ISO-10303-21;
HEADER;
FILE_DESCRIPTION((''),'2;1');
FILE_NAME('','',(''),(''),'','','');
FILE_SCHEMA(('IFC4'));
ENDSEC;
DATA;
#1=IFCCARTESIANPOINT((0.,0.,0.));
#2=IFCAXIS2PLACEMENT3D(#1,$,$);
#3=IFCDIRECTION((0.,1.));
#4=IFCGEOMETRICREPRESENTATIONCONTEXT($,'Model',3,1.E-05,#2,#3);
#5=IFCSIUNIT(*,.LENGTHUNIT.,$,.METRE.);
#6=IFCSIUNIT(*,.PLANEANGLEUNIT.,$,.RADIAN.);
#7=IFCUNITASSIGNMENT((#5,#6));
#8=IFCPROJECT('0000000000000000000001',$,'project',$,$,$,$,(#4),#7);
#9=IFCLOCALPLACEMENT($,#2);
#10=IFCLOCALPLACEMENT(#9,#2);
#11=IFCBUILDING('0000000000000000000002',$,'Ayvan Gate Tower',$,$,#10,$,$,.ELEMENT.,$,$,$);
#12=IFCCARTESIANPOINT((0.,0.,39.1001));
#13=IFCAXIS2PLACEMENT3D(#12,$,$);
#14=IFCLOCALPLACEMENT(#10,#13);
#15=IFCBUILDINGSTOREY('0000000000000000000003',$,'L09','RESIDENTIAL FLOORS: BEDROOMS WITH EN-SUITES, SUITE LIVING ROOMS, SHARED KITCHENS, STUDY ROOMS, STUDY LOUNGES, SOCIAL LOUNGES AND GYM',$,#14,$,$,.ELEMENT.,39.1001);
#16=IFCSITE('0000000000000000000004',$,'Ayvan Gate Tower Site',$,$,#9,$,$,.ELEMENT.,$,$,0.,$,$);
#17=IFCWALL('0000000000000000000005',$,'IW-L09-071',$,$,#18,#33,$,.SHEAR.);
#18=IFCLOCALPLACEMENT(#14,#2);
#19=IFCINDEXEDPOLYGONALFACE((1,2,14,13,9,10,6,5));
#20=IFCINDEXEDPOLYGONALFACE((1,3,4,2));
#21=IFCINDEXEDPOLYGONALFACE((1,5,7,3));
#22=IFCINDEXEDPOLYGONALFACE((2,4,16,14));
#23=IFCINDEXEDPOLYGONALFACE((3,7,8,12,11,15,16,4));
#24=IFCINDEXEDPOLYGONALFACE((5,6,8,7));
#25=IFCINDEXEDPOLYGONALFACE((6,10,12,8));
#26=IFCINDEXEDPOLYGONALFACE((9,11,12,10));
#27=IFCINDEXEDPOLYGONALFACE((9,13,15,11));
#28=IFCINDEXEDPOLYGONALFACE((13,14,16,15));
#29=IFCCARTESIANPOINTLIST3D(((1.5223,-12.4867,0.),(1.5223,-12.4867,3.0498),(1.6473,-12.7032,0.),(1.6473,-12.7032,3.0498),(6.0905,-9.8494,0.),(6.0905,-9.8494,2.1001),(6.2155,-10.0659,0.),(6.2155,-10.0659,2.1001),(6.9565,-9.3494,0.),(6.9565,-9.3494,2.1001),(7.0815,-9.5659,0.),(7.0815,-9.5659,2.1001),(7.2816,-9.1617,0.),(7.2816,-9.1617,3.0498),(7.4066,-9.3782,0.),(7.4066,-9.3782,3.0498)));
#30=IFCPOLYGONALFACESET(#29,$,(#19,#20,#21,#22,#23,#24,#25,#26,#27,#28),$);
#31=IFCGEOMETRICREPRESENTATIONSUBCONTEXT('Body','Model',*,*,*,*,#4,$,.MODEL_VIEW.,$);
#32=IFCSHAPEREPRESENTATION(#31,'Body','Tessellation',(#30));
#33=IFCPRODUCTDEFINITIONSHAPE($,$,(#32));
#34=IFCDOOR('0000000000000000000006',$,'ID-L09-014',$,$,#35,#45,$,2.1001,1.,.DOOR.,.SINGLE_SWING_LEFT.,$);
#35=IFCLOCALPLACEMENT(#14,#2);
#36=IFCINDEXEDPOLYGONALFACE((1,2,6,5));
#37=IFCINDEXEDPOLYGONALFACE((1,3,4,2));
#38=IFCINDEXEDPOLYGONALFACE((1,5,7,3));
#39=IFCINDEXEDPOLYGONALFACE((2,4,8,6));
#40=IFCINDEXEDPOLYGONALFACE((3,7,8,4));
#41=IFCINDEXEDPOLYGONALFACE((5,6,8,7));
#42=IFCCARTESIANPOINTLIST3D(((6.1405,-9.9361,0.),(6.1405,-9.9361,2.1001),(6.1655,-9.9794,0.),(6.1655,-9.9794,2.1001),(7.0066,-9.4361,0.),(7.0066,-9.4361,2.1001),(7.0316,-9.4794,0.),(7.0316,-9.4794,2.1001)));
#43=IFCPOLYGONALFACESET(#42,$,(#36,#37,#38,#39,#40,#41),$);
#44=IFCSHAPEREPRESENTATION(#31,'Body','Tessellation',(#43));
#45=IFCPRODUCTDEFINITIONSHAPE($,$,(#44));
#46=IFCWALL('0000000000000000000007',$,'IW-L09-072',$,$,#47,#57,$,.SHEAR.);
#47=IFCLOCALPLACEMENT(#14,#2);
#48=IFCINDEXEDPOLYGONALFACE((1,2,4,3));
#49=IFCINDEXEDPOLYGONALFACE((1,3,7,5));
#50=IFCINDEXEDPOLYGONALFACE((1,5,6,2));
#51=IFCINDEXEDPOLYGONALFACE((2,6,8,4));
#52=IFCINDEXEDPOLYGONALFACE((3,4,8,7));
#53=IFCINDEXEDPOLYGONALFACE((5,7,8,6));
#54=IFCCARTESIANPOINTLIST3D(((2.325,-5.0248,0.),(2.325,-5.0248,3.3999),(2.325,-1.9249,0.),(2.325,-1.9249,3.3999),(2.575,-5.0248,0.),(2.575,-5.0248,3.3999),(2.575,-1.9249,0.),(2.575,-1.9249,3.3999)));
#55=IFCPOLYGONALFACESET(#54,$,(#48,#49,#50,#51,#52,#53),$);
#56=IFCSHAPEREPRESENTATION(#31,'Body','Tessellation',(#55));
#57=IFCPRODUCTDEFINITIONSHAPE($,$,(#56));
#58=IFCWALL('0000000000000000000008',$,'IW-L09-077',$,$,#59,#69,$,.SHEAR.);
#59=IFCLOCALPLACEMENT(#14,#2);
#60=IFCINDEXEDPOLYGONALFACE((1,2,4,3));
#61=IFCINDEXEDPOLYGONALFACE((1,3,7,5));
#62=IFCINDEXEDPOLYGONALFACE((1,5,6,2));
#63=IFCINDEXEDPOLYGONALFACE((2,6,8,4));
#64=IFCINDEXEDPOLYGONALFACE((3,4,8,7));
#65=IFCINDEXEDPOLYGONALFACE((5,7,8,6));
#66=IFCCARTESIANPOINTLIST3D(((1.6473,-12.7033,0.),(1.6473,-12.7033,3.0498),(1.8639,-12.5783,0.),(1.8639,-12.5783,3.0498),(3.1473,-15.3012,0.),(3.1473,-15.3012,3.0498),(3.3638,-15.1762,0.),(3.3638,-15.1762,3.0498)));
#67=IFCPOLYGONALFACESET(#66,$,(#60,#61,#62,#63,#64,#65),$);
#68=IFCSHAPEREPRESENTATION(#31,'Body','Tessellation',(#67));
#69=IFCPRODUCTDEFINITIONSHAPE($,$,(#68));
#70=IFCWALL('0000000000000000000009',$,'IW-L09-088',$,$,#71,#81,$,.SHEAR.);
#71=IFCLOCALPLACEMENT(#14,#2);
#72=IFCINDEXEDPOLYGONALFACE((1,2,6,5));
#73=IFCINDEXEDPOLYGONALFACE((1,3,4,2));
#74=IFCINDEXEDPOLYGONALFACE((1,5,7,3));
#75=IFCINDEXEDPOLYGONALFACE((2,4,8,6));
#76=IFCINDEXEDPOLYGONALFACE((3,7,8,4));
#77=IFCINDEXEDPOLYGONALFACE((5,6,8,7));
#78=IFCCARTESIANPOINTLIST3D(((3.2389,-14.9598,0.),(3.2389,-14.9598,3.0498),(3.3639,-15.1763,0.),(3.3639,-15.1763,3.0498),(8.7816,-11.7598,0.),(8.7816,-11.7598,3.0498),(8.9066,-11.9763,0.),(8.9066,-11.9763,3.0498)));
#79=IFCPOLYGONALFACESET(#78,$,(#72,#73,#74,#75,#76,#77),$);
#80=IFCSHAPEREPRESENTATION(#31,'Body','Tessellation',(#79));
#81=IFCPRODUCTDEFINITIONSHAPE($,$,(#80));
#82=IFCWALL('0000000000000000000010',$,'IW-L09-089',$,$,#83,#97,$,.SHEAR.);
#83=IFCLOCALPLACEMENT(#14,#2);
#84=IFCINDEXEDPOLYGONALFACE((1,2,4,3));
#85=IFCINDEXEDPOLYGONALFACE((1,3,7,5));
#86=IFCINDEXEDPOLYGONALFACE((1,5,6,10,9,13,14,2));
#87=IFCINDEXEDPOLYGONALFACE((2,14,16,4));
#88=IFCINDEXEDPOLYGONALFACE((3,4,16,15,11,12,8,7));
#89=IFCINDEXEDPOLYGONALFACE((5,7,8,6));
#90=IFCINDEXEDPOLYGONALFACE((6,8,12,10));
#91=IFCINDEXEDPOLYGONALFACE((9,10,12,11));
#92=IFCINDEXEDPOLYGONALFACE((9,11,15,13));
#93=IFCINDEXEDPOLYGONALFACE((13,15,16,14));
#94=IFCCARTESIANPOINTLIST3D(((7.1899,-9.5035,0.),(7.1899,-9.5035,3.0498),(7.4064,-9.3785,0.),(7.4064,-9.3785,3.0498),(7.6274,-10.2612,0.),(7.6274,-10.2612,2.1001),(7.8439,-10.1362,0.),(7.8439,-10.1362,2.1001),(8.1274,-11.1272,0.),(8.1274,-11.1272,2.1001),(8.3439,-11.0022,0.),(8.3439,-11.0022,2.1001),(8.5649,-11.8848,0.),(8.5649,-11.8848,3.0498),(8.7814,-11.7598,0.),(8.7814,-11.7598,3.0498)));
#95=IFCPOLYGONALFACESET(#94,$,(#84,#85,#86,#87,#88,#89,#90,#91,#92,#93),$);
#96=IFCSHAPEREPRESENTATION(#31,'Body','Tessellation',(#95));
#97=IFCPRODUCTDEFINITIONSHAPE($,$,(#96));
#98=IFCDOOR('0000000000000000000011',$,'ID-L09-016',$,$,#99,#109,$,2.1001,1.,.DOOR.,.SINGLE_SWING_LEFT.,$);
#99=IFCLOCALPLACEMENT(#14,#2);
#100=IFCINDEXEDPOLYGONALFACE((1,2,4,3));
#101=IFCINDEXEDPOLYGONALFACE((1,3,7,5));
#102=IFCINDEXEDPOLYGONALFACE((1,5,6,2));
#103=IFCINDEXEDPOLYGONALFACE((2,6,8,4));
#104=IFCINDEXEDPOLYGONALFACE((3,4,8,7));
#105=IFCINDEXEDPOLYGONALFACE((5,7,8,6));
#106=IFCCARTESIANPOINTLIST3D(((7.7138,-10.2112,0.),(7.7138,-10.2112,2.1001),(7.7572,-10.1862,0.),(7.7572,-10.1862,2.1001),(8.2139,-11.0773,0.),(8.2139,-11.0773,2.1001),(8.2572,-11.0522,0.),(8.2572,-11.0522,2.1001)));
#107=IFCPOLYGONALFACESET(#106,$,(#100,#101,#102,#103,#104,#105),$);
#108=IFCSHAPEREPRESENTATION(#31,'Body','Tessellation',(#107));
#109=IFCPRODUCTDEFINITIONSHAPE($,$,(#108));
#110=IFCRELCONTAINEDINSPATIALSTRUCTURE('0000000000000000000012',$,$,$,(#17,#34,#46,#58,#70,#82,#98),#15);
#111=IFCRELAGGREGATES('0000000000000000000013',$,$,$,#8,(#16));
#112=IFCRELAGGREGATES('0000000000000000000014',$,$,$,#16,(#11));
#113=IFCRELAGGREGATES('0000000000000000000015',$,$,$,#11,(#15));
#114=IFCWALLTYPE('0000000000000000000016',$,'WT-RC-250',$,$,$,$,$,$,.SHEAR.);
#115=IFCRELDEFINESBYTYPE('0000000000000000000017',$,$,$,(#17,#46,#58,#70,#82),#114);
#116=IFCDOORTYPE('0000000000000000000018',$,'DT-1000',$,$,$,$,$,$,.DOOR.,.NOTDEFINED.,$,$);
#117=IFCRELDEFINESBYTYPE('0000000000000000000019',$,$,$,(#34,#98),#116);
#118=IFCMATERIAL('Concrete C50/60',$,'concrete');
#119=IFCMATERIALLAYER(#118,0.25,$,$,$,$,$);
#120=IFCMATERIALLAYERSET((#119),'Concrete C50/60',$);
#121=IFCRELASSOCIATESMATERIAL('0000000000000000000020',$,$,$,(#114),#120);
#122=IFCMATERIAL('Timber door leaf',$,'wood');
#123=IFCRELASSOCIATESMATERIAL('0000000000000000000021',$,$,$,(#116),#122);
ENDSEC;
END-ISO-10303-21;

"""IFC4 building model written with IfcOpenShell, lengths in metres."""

from ifc_helpers import new_model, si_unit, direction, frame, frame_2d, origin, place, context, subcontext, project, spatial, rectangle, extrude, material, layer, layer_set, type_object, element, fill, save


model = new_model("IFC4")

# Units and contexts
model_context = context("Model", 3, precision=1e-05, world=origin(), true_north=direction((0.0, 1.0)))
body_context = subcontext(model_context, "Body", "Model", "MODEL_VIEW")
ifc_project = project(units=[si_unit("LENGTHUNIT", "METRE"), si_unit("PLANEANGLEUNIT", "RADIAN")], contexts=[model_context])

# Site, building, storey
site_placement = place(None, origin())
site = spatial("IfcSite", under=ifc_project, at=site_placement, Name="Ayvan Gate Tower Site", CompositionType="ELEMENT", RefElevation=0.0)
building_placement = place(site_placement, origin())
building = spatial("IfcBuilding", under=site, at=building_placement, Name="Ayvan Gate Tower", CompositionType="ELEMENT")
storey_placement = place(building_placement, frame((0.0, 0.0, 39.1001)))
storey = spatial("IfcBuildingStorey", under=building, at=storey_placement, Name="L09", Description="RESIDENTIAL FLOORS: BEDROOMS WITH EN-SUITES, SUITE LIVING ROOMS, SHARED KITCHENS, STUDY ROOMS, STUDY LOUNGES, SOCIAL LOUNGES AND GYM", CompositionType="ELEMENT", Elevation=39.1001)

# Shared definitions
ifc_material_1 = material(Name="Timber door leaf", Category="wood")

# Shared definitions
ifc_material_2 = material(Name="Concrete C50/60", Category="concrete")
ifc_layer_1 = layer(ifc_material_2, 0.25)
ifc_layer_set_1 = layer_set([ifc_layer_1], Name="Concrete C50/60")
wall_type_1 = type_object("IfcWallType", Name="WT-RC-250", PredefinedType="SHEAR", material=ifc_layer_set_1)

# Wall, opening, door
wall_1_placement = place(storey_placement, frame((1.5847, -12.595, 0.0), z_axis=(0.0, 0.0, 1.0), x_axis=(0.866036, 0.499981, 0.0)))
wall_1 = element("IfcWall", 1, at=wall_1_placement, inside=storey, type_object=wall_type_1, Name="IW-L09-071", PredefinedType="SHEAR", context=body_context, shape_type="SweptSolid", body=[
    extrude(rectangle(XDim=6.6501, YDim=0.25, at=frame_2d((3.3252, 0.0))), origin(), (0.0, 0.0, 1.0), 3.0498),
])
opening_1_placement = place(wall_1_placement, frame((5.2749, 0.0, 0.0)))
opening_1 = element("IfcOpeningElement", 2, at=opening_1_placement, cuts=wall_1, PredefinedType="OPENING", context=body_context, shape_type="SweptSolid", body=[
    extrude(rectangle(XDim=1.0, YDim=2.1001, at=frame_2d((0.5, 1.05))), frame((0.0, 0.135, 0.0), z_axis=(0.0, -1.0, 0.0), x_axis=(1.0, 0.0, 0.0)), (0.0, 0.0, 1.0), 0.27),
])
door_type_1 = type_object("IfcDoorType", Name="DT-1000", OperationType="NOTDEFINED", PredefinedType="DOOR", material=ifc_material_1)
door_1_placement = place(opening_1_placement, origin())
door_1 = element("IfcDoor", 3, at=door_1_placement, inside=storey, type_object=door_type_1, Name="ID-L09-014", OperationType="SINGLE_SWING_LEFT", OverallHeight=2.1001, OverallWidth=1.0, PredefinedType="DOOR", context=body_context, shape_type="SweptSolid", body=[
    extrude(rectangle(XDim=1.0, YDim=2.1001, at=frame_2d((0.5, 1.05))), frame((0.0, 0.0249, 0.0), z_axis=(0.0, -1.0, 0.0), x_axis=(1.0, 0.0, 0.0)), (0.0, 0.0, 1.0), 0.05),
])
fill(opening_1, door_1)

# Walls
wall_2_placement = place(storey_placement, frame((2.45, -1.925, 0.0), z_axis=(0.0, 0.0, 1.0), x_axis=(0.0, -1.0, 0.0)))
element("IfcWall", 4, at=wall_2_placement, inside=storey, type_object=wall_type_1, Name="IW-L09-072", PredefinedType="SHEAR", context=body_context, shape_type="SweptSolid", body=[
    extrude(rectangle(XDim=3.0999, YDim=0.25, at=frame_2d((1.5498, 0.0))), origin(), (0.0, 0.0, 1.0), 3.3999),
])
wall_3_placement = place(storey_placement, frame((3.2556, -15.2388, 0.0), z_axis=(0.0, 0.0, 1.0), x_axis=(-0.500025, 0.866011, 0.0)))
element("IfcWall", 5, at=wall_3_placement, inside=storey, type_object=wall_type_1, Name="IW-L09-077", PredefinedType="SHEAR", context=body_context, shape_type="SweptSolid", body=[
    extrude(rectangle(XDim=2.9998, YDim=0.25, at=frame_2d((1.5, 0.0))), origin(), (0.0, 0.0, 1.0), 3.0498),
])
wall_4_placement = place(storey_placement, frame((3.3013, -15.0681, 0.0), z_axis=(0.0, 0.0, 1.0), x_axis=(0.866035, 0.499983, 0.0)))
element("IfcWall", 6, at=wall_4_placement, inside=storey, type_object=wall_type_1, Name="IW-L09-088", PredefinedType="SHEAR", context=body_context, shape_type="SweptSolid", body=[
    extrude(rectangle(XDim=6.4001, YDim=0.25, at=frame_2d((3.2002, 0.0))), origin(), (0.0, 0.0, 1.0), 3.0498),
])

# Wall, opening, door
wall_5_placement = place(storey_placement, frame((7.2981, -9.4409, 0.0), z_axis=(0.0, 0.0, 1.0), x_axis=(0.500035, -0.866005, 0.0)))
wall_5 = element("IfcWall", 7, at=wall_5_placement, inside=storey, type_object=wall_type_1, Name="IW-L09-089", PredefinedType="SHEAR", context=body_context, shape_type="SweptSolid", body=[
    extrude(rectangle(XDim=2.7498, YDim=0.25, at=frame_2d((1.375, 0.0))), origin(), (0.0, 0.0, 1.0), 3.0498),
])
opening_2_placement = place(wall_5_placement, frame((0.875, 0.0, 0.0)))
opening_2 = element("IfcOpeningElement", 8, at=opening_2_placement, cuts=wall_5, PredefinedType="OPENING", context=body_context, shape_type="SweptSolid", body=[
    extrude(rectangle(XDim=1.0, YDim=2.1001, at=frame_2d((0.5, 1.05))), frame((0.0, 0.135, 0.0), z_axis=(0.0, -1.0, 0.0), x_axis=(1.0, 0.0, 0.0)), (0.0, 0.0, 1.0), 0.27),
])
door_2_placement = place(opening_2_placement, origin())
door_2 = element("IfcDoor", 9, at=door_2_placement, inside=storey, type_object=door_type_1, Name="ID-L09-016", OperationType="SINGLE_SWING_LEFT", OverallHeight=2.1001, OverallWidth=1.0, PredefinedType="DOOR", context=body_context, shape_type="SweptSolid", body=[
    extrude(rectangle(XDim=1.0, YDim=2.1001, at=frame_2d((0.5, 1.05))), frame((0.0, 0.0249, 0.0), z_axis=(0.0, -1.0, 0.0), x_axis=(1.0, 0.0, 0.0)), (0.0, 0.0, 1.0), 0.05),
])
fill(opening_2, door_2)

save(model, "model.ifc")
